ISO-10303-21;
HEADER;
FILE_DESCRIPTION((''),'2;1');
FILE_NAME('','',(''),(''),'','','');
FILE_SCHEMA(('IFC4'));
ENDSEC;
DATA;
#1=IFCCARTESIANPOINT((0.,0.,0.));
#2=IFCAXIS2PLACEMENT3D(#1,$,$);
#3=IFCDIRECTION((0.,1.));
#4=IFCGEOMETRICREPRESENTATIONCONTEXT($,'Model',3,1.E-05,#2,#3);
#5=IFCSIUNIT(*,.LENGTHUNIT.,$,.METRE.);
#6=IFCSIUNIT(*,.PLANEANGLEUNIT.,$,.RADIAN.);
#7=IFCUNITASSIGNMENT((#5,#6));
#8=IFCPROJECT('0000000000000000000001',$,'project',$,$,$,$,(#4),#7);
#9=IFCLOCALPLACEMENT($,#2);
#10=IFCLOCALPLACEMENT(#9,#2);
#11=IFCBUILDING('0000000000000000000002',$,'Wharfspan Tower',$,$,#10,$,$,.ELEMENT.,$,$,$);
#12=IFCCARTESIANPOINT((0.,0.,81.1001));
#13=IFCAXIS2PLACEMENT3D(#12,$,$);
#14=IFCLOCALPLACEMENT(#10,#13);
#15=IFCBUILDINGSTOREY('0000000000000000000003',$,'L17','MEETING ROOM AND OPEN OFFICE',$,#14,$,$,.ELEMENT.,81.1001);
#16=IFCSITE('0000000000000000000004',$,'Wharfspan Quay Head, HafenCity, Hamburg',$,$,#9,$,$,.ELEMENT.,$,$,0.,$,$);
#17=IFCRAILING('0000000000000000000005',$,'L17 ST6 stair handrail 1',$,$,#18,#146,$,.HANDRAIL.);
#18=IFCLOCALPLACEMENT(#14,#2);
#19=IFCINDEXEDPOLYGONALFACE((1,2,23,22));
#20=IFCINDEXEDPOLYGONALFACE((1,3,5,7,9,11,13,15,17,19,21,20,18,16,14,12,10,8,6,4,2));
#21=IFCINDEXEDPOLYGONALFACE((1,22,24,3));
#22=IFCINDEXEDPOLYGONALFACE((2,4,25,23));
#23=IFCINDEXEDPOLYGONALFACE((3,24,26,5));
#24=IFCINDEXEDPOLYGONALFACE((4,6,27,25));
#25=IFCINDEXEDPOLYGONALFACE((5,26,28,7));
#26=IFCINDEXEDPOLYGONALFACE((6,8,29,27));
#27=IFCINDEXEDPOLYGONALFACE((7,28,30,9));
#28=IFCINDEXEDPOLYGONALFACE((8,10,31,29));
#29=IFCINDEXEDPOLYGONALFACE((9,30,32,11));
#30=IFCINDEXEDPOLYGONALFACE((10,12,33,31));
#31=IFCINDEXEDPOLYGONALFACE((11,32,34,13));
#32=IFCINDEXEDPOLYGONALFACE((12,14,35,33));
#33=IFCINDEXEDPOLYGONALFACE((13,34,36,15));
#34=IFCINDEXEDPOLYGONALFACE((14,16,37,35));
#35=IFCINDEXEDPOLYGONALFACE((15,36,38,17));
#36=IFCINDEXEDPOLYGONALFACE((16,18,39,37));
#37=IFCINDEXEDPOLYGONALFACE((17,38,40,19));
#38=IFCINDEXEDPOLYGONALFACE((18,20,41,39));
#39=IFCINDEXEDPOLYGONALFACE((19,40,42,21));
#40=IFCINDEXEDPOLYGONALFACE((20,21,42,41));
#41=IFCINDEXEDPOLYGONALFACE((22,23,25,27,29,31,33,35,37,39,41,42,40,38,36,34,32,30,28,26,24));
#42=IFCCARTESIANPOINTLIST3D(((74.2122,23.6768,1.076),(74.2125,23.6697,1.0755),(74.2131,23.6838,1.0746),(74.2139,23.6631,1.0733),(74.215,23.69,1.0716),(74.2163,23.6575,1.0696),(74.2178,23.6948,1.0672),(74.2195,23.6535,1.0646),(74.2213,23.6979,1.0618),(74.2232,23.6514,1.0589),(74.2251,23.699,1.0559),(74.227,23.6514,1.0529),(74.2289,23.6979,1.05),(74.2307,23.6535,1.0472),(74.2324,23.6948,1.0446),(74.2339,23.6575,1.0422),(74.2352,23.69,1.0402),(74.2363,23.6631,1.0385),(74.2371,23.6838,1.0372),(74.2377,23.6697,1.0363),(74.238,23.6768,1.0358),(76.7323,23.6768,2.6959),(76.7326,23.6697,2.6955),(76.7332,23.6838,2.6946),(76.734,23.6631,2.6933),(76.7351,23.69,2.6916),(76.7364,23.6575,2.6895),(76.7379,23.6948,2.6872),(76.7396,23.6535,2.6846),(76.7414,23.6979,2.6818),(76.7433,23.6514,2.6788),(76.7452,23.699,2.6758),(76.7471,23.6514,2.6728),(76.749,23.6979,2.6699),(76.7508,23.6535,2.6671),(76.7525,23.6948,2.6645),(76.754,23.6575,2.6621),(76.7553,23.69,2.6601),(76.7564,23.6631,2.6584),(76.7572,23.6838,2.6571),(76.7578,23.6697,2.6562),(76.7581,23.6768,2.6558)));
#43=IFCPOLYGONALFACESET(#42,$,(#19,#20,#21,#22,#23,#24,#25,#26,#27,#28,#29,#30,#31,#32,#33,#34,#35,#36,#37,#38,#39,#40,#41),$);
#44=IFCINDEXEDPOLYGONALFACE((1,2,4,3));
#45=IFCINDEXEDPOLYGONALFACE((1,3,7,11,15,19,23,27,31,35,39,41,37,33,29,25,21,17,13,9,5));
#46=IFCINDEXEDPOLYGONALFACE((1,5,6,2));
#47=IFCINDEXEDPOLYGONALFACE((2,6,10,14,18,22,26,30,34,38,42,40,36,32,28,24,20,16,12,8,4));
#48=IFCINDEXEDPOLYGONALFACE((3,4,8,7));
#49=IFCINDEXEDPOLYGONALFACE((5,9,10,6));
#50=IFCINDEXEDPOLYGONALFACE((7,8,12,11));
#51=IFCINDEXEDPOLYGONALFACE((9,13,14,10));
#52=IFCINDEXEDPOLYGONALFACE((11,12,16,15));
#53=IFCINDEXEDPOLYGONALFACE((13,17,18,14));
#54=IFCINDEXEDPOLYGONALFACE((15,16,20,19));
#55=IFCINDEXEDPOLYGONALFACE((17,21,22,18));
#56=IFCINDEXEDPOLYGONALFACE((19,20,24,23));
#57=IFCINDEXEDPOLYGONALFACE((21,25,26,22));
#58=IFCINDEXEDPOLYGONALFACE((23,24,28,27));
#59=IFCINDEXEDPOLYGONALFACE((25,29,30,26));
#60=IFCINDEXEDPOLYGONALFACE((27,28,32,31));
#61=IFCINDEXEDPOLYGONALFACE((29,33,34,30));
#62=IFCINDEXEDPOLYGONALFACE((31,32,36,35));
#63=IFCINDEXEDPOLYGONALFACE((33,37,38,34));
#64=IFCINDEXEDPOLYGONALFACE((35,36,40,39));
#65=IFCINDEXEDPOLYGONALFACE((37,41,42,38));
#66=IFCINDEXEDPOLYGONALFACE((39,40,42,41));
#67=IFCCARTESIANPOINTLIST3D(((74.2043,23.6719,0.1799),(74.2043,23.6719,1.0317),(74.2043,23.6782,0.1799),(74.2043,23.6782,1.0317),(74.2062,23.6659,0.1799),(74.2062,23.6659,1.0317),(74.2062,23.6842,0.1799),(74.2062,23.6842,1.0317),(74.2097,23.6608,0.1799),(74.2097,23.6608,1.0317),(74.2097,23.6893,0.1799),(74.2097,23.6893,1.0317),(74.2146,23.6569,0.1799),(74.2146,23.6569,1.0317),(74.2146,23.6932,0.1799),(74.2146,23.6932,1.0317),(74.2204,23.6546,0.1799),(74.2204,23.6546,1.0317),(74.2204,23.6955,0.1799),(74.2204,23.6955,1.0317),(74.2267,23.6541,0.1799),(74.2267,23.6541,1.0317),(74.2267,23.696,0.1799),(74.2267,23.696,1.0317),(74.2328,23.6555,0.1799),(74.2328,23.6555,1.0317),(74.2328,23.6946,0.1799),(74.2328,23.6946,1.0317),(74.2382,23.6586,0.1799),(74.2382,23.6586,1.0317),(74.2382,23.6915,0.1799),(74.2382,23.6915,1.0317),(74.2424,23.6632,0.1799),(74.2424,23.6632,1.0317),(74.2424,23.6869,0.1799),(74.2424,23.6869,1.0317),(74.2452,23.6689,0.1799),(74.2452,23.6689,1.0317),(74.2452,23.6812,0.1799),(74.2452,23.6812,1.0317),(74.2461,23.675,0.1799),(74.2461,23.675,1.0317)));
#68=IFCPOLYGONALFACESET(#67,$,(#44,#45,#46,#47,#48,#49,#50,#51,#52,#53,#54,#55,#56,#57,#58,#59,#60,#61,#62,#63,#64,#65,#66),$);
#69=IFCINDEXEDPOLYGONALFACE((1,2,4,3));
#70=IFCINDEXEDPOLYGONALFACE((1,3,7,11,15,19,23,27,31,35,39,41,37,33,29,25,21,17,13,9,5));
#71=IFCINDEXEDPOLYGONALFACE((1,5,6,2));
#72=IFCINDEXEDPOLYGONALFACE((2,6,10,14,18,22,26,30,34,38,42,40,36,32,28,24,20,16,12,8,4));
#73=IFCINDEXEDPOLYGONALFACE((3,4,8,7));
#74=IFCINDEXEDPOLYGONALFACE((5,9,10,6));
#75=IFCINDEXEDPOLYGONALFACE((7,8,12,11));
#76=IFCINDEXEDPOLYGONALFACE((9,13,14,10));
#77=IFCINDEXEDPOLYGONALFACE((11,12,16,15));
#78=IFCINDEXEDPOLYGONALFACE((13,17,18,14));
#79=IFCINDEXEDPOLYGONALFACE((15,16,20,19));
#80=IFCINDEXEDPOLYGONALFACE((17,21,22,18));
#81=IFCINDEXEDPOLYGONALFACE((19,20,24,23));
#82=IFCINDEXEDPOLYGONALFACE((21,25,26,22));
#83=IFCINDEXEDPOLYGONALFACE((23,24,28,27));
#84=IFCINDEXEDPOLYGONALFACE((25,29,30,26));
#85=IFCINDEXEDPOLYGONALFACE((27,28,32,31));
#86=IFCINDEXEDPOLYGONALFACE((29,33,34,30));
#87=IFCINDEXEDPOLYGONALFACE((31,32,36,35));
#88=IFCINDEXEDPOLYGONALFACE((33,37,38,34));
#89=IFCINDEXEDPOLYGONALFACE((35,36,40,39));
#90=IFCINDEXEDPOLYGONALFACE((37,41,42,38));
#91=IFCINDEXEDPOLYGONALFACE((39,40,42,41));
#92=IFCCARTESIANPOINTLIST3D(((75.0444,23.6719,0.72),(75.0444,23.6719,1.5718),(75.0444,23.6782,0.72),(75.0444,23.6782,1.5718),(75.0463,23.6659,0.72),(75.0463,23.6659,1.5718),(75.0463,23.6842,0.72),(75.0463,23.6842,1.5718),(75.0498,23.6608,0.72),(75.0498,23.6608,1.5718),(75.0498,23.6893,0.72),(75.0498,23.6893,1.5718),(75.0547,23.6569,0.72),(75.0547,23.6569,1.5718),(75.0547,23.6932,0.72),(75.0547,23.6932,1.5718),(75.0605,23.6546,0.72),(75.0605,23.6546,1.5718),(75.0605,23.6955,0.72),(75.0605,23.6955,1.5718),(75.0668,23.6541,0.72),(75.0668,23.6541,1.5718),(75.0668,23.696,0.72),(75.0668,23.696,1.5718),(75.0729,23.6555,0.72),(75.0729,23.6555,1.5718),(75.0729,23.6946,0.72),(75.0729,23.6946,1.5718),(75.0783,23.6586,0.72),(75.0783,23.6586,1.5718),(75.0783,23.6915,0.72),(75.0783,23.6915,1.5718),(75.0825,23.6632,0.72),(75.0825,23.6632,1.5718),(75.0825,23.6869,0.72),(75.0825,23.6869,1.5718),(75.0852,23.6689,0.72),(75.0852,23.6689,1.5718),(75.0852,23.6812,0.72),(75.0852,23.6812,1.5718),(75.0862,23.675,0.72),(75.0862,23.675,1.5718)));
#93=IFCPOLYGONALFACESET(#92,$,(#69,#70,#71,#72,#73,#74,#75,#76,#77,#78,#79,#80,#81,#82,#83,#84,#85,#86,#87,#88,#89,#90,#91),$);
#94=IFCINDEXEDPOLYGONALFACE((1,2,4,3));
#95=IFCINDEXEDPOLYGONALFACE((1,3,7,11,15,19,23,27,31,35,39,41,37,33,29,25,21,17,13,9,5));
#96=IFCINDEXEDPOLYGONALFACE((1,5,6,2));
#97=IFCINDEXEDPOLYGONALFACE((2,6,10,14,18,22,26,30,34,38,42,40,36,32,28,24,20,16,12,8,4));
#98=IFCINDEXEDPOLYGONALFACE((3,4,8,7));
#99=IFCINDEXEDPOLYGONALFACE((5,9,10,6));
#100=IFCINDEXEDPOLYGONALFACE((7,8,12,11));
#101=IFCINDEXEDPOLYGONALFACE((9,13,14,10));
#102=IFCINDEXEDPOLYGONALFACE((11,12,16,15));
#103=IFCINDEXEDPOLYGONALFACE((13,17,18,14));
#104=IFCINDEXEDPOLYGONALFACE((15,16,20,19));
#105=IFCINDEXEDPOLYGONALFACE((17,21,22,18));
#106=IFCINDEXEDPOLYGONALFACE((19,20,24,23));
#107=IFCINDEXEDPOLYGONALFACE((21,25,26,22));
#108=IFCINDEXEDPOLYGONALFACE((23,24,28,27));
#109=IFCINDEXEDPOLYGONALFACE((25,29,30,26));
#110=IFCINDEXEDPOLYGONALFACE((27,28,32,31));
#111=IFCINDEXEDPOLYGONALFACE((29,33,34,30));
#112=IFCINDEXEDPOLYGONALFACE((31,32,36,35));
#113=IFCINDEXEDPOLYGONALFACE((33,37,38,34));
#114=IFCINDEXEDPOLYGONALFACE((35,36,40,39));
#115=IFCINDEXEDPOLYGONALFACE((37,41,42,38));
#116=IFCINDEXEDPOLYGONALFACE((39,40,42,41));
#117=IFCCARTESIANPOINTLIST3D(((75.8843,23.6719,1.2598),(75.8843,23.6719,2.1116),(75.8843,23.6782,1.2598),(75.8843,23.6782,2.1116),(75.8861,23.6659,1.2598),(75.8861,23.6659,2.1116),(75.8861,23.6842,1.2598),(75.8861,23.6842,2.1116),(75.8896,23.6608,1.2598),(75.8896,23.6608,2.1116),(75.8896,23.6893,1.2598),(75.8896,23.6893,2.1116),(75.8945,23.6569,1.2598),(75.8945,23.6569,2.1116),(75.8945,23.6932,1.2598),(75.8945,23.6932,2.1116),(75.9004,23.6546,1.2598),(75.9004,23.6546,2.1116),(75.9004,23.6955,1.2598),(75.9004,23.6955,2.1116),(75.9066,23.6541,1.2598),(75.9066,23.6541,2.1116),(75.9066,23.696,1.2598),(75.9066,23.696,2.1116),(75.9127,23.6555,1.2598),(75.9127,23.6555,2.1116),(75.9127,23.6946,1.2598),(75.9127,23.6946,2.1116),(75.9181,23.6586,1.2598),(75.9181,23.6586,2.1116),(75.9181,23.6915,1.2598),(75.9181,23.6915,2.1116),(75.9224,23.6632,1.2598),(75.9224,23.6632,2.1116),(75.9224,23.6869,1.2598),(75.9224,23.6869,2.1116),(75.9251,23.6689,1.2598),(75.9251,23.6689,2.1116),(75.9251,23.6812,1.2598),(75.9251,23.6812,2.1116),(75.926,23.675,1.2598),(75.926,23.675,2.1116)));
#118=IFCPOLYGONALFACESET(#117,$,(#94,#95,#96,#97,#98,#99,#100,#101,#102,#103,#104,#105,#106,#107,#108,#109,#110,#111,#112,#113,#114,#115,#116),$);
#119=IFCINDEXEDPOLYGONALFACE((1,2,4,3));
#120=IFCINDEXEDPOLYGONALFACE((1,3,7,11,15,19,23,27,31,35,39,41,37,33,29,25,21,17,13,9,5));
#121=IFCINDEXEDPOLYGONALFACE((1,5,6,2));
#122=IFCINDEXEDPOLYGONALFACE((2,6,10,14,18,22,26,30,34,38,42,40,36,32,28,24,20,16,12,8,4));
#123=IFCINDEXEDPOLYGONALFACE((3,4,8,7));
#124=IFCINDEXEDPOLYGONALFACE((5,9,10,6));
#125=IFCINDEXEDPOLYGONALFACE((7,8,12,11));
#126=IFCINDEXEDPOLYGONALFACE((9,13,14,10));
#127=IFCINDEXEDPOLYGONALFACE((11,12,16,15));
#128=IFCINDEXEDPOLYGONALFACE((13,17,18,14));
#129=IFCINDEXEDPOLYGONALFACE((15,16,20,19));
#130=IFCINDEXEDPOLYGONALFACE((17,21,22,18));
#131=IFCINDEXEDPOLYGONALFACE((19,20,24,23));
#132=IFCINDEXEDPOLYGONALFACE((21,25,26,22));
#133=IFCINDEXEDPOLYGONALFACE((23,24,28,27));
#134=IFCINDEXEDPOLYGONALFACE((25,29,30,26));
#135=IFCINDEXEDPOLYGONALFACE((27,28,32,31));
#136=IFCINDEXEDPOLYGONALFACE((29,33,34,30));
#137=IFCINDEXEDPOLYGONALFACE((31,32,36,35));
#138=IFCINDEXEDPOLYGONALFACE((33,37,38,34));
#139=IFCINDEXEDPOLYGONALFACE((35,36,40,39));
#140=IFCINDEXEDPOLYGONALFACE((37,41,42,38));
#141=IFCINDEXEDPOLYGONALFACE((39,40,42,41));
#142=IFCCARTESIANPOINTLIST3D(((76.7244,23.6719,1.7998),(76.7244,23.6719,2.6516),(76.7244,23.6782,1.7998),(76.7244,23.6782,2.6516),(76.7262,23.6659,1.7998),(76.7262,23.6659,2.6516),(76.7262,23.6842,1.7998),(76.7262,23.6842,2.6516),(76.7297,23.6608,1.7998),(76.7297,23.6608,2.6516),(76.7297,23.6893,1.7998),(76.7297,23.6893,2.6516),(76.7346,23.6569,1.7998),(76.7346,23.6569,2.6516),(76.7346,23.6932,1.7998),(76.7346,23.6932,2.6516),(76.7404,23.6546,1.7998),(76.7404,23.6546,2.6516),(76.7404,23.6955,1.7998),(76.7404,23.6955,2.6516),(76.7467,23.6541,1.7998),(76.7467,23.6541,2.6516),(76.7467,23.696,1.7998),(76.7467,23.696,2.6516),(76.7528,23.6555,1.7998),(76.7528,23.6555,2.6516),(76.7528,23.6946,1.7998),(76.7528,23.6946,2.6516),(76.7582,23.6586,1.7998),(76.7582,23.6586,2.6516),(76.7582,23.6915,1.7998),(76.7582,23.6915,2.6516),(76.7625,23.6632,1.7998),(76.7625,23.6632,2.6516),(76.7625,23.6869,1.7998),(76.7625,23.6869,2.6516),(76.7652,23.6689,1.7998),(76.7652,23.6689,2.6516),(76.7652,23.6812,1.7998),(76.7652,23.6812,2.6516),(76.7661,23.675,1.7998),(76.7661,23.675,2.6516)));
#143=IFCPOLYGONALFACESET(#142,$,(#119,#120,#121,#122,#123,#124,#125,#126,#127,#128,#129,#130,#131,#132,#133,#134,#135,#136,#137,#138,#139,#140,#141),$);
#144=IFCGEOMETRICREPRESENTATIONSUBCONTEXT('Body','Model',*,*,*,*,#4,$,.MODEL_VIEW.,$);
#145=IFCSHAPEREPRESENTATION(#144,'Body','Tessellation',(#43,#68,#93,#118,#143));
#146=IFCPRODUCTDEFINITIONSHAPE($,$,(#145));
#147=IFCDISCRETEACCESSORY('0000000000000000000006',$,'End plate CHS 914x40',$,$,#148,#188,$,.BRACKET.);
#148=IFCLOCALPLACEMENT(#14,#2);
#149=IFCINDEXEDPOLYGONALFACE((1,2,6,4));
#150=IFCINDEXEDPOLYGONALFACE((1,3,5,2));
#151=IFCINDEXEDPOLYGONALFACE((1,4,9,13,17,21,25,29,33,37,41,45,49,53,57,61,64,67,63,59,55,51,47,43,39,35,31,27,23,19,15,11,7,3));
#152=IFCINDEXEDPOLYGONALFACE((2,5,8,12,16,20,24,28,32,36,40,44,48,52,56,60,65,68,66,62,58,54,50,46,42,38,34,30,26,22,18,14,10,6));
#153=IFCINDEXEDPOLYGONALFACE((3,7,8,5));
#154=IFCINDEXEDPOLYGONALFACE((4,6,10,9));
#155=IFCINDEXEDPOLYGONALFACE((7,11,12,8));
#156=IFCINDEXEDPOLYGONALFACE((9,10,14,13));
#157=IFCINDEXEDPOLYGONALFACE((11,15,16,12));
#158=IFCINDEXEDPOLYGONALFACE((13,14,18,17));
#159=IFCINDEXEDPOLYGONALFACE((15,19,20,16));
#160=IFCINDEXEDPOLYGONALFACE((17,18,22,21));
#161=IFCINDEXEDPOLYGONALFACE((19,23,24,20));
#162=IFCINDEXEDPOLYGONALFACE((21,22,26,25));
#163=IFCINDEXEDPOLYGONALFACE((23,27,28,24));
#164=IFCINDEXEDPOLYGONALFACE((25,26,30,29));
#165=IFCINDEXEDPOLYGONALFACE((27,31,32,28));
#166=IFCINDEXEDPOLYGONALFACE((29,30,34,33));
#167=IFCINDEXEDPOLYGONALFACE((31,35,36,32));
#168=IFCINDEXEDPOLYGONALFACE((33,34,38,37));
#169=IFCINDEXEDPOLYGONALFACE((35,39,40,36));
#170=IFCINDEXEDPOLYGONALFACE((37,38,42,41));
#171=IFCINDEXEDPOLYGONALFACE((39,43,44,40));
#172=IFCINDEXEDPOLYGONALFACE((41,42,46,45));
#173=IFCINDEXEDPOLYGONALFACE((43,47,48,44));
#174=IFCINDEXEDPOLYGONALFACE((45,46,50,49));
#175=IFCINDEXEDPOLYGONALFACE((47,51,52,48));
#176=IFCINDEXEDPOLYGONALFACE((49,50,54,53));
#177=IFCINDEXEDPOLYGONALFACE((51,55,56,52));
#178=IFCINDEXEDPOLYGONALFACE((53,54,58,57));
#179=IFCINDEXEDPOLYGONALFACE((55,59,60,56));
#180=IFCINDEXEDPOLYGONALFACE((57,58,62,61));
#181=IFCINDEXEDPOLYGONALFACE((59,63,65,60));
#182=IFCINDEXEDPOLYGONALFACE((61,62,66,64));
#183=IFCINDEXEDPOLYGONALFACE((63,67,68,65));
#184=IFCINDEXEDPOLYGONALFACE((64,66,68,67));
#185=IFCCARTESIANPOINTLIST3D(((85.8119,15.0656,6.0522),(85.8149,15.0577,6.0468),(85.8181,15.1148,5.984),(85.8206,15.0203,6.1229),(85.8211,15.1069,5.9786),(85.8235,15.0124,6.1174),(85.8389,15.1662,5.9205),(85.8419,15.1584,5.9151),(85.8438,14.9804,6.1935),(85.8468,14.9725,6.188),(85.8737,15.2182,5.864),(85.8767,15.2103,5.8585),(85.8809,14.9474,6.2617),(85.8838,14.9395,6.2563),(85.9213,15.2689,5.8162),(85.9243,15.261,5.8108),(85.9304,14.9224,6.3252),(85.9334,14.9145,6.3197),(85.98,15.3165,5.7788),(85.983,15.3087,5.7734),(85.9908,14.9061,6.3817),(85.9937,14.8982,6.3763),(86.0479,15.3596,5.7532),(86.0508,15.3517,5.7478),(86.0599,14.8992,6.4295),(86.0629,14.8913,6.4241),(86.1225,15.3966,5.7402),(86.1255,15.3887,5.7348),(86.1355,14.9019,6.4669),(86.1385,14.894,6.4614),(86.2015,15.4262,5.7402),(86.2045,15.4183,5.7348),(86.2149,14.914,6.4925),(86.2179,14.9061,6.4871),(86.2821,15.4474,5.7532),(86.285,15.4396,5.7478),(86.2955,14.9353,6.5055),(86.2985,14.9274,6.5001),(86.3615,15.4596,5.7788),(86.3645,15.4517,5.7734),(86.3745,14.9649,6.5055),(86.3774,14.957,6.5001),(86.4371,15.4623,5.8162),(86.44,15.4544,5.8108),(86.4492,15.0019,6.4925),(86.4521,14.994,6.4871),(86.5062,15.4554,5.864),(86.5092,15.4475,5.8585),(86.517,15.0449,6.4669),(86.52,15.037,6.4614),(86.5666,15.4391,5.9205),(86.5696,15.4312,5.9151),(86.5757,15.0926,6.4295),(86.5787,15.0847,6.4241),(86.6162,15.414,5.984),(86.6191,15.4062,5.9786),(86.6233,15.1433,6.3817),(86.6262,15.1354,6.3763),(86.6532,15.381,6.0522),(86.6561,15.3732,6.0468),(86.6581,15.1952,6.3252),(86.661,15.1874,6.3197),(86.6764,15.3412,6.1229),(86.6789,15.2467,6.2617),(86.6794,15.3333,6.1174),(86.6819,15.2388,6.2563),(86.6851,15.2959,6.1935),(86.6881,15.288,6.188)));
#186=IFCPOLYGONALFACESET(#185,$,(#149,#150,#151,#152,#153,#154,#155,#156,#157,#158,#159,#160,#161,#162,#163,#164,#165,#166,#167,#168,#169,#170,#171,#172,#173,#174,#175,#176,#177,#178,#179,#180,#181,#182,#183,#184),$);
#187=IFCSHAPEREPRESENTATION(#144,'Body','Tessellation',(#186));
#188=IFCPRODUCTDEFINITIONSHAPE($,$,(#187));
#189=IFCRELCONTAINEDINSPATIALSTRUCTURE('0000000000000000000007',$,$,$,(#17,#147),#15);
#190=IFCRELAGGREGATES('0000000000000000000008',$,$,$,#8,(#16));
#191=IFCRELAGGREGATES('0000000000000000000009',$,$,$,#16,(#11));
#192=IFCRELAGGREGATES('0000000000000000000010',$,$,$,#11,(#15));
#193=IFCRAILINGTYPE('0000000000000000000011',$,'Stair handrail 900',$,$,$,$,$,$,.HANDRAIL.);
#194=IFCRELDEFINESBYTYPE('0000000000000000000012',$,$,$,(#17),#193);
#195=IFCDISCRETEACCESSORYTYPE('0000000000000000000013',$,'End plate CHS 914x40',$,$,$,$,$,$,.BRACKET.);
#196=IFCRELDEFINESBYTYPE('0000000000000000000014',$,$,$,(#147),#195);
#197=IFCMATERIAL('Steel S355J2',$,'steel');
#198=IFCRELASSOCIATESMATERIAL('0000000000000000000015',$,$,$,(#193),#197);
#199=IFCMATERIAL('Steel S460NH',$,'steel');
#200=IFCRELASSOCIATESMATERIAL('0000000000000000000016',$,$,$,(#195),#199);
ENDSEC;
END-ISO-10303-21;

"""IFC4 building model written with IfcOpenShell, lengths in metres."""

from ifc_helpers import new_model, si_unit, direction, frame, origin, origin_2d, place, context, subcontext, project, spatial, circle, extrude, material, material_profile, profile_set, type_object, element, save


model = new_model("IFC4")

# Units and contexts
model_context = context("Model", 3, precision=1e-05, world=origin(), true_north=direction((0.0, 1.0)))
body_context = subcontext(model_context, "Body", "Model", "MODEL_VIEW")
ifc_project = project(units=[si_unit("LENGTHUNIT", "METRE"), si_unit("PLANEANGLEUNIT", "RADIAN")], contexts=[model_context])

# Site, building, storey
site_placement = place(None, origin())
site = spatial("IfcSite", under=ifc_project, at=site_placement, Name="Wharfspan Quay Head, HafenCity, Hamburg", CompositionType="ELEMENT", RefElevation=0.0)
building_placement = place(site_placement, origin())
building = spatial("IfcBuilding", under=site, at=building_placement, Name="Wharfspan Tower", CompositionType="ELEMENT")
storey_placement = place(building_placement, frame((0.0, 0.0, 81.1001)))
storey = spatial("IfcBuildingStorey", under=building, at=storey_placement, Name="L17", Description="MEETING ROOM AND OPEN OFFICE", CompositionType="ELEMENT", Elevation=81.1001)

# Shared definitions
ifc_material_1 = material(Name="Steel S355J2", Category="steel")

# Shared definitions
ifc_material_2 = material(Name="Steel S460NH", Category="steel")

# Railing
railing_type_1 = type_object("IfcRailingType", Name="Stair handrail 900", PredefinedType="HANDRAIL", material=ifc_material_1)
railing_1_placement = place(storey_placement, frame((74.2251, 23.675, 0.1799)))
element("IfcRailing", 1, at=railing_1_placement, inside=storey, type_object=railing_type_1, Name="L17 ST6 stair handrail 1", PredefinedType="HANDRAIL", context=body_context, shape_type="SweptSolid", body=[
    extrude(circle(Radius=0.0239, at=origin_2d()), frame((0.0, 0.0, 0.876), z_axis=(0.8412, 0.0, 0.540725), x_axis=(0.0, 1.0, 0.0)), (0.0, 0.0, 1.0), 2.9958),
    extrude(circle(Radius=0.021, at=origin_2d()), origin(), (0.0, 0.0, 1.0), 0.8518),
    extrude(circle(Radius=0.021, at=origin_2d()), frame((0.8401, 0.0, 0.54)), (0.0, 0.0, 1.0), 0.8518),
    extrude(circle(Radius=0.021, at=origin_2d()), frame((1.6799, 0.0, 1.0798)), (0.0, 0.0, 1.0), 0.8518),
    extrude(circle(Radius=0.021, at=origin_2d()), frame((2.52, 0.0, 1.6199)), (0.0, 0.0, 1.0), 0.8518),
])

# Discrete accessory
ifc_material_profile_1 = material_profile(ifc_material_2, circle(Radius=0.457, at=origin_2d()))
ifc_profile_set_1 = profile_set([ifc_material_profile_1], Name="Steel S460NH")
discrete_accessory_type = type_object("IfcDiscreteAccessoryType", Name="End plate CHS 914x40", PredefinedType="BRACKET", material=ifc_profile_set_1)
for number, where, z_axis, x_axis, name in (
    (2, (86.2515, 15.1729, 6.1174), (-0.295241, 0.787309, 0.541275), (-0.936333, -0.351125, 0.0), "End plate CHS 914x40"),
):
    element("IfcDiscreteAccessory", number, at=place(storey_placement, frame(where, z_axis=z_axis, x_axis=x_axis)), inside=storey, type_object=discrete_accessory_type, Name=name, PredefinedType="BRACKET", context=body_context, shape_type="SweptSolid", body=[
        extrude(circle(Radius=0.457, at=origin_2d()), origin(), (0.0, 0.0, 1.0), 0.01),
    ])

save(model, "model.ifc")
